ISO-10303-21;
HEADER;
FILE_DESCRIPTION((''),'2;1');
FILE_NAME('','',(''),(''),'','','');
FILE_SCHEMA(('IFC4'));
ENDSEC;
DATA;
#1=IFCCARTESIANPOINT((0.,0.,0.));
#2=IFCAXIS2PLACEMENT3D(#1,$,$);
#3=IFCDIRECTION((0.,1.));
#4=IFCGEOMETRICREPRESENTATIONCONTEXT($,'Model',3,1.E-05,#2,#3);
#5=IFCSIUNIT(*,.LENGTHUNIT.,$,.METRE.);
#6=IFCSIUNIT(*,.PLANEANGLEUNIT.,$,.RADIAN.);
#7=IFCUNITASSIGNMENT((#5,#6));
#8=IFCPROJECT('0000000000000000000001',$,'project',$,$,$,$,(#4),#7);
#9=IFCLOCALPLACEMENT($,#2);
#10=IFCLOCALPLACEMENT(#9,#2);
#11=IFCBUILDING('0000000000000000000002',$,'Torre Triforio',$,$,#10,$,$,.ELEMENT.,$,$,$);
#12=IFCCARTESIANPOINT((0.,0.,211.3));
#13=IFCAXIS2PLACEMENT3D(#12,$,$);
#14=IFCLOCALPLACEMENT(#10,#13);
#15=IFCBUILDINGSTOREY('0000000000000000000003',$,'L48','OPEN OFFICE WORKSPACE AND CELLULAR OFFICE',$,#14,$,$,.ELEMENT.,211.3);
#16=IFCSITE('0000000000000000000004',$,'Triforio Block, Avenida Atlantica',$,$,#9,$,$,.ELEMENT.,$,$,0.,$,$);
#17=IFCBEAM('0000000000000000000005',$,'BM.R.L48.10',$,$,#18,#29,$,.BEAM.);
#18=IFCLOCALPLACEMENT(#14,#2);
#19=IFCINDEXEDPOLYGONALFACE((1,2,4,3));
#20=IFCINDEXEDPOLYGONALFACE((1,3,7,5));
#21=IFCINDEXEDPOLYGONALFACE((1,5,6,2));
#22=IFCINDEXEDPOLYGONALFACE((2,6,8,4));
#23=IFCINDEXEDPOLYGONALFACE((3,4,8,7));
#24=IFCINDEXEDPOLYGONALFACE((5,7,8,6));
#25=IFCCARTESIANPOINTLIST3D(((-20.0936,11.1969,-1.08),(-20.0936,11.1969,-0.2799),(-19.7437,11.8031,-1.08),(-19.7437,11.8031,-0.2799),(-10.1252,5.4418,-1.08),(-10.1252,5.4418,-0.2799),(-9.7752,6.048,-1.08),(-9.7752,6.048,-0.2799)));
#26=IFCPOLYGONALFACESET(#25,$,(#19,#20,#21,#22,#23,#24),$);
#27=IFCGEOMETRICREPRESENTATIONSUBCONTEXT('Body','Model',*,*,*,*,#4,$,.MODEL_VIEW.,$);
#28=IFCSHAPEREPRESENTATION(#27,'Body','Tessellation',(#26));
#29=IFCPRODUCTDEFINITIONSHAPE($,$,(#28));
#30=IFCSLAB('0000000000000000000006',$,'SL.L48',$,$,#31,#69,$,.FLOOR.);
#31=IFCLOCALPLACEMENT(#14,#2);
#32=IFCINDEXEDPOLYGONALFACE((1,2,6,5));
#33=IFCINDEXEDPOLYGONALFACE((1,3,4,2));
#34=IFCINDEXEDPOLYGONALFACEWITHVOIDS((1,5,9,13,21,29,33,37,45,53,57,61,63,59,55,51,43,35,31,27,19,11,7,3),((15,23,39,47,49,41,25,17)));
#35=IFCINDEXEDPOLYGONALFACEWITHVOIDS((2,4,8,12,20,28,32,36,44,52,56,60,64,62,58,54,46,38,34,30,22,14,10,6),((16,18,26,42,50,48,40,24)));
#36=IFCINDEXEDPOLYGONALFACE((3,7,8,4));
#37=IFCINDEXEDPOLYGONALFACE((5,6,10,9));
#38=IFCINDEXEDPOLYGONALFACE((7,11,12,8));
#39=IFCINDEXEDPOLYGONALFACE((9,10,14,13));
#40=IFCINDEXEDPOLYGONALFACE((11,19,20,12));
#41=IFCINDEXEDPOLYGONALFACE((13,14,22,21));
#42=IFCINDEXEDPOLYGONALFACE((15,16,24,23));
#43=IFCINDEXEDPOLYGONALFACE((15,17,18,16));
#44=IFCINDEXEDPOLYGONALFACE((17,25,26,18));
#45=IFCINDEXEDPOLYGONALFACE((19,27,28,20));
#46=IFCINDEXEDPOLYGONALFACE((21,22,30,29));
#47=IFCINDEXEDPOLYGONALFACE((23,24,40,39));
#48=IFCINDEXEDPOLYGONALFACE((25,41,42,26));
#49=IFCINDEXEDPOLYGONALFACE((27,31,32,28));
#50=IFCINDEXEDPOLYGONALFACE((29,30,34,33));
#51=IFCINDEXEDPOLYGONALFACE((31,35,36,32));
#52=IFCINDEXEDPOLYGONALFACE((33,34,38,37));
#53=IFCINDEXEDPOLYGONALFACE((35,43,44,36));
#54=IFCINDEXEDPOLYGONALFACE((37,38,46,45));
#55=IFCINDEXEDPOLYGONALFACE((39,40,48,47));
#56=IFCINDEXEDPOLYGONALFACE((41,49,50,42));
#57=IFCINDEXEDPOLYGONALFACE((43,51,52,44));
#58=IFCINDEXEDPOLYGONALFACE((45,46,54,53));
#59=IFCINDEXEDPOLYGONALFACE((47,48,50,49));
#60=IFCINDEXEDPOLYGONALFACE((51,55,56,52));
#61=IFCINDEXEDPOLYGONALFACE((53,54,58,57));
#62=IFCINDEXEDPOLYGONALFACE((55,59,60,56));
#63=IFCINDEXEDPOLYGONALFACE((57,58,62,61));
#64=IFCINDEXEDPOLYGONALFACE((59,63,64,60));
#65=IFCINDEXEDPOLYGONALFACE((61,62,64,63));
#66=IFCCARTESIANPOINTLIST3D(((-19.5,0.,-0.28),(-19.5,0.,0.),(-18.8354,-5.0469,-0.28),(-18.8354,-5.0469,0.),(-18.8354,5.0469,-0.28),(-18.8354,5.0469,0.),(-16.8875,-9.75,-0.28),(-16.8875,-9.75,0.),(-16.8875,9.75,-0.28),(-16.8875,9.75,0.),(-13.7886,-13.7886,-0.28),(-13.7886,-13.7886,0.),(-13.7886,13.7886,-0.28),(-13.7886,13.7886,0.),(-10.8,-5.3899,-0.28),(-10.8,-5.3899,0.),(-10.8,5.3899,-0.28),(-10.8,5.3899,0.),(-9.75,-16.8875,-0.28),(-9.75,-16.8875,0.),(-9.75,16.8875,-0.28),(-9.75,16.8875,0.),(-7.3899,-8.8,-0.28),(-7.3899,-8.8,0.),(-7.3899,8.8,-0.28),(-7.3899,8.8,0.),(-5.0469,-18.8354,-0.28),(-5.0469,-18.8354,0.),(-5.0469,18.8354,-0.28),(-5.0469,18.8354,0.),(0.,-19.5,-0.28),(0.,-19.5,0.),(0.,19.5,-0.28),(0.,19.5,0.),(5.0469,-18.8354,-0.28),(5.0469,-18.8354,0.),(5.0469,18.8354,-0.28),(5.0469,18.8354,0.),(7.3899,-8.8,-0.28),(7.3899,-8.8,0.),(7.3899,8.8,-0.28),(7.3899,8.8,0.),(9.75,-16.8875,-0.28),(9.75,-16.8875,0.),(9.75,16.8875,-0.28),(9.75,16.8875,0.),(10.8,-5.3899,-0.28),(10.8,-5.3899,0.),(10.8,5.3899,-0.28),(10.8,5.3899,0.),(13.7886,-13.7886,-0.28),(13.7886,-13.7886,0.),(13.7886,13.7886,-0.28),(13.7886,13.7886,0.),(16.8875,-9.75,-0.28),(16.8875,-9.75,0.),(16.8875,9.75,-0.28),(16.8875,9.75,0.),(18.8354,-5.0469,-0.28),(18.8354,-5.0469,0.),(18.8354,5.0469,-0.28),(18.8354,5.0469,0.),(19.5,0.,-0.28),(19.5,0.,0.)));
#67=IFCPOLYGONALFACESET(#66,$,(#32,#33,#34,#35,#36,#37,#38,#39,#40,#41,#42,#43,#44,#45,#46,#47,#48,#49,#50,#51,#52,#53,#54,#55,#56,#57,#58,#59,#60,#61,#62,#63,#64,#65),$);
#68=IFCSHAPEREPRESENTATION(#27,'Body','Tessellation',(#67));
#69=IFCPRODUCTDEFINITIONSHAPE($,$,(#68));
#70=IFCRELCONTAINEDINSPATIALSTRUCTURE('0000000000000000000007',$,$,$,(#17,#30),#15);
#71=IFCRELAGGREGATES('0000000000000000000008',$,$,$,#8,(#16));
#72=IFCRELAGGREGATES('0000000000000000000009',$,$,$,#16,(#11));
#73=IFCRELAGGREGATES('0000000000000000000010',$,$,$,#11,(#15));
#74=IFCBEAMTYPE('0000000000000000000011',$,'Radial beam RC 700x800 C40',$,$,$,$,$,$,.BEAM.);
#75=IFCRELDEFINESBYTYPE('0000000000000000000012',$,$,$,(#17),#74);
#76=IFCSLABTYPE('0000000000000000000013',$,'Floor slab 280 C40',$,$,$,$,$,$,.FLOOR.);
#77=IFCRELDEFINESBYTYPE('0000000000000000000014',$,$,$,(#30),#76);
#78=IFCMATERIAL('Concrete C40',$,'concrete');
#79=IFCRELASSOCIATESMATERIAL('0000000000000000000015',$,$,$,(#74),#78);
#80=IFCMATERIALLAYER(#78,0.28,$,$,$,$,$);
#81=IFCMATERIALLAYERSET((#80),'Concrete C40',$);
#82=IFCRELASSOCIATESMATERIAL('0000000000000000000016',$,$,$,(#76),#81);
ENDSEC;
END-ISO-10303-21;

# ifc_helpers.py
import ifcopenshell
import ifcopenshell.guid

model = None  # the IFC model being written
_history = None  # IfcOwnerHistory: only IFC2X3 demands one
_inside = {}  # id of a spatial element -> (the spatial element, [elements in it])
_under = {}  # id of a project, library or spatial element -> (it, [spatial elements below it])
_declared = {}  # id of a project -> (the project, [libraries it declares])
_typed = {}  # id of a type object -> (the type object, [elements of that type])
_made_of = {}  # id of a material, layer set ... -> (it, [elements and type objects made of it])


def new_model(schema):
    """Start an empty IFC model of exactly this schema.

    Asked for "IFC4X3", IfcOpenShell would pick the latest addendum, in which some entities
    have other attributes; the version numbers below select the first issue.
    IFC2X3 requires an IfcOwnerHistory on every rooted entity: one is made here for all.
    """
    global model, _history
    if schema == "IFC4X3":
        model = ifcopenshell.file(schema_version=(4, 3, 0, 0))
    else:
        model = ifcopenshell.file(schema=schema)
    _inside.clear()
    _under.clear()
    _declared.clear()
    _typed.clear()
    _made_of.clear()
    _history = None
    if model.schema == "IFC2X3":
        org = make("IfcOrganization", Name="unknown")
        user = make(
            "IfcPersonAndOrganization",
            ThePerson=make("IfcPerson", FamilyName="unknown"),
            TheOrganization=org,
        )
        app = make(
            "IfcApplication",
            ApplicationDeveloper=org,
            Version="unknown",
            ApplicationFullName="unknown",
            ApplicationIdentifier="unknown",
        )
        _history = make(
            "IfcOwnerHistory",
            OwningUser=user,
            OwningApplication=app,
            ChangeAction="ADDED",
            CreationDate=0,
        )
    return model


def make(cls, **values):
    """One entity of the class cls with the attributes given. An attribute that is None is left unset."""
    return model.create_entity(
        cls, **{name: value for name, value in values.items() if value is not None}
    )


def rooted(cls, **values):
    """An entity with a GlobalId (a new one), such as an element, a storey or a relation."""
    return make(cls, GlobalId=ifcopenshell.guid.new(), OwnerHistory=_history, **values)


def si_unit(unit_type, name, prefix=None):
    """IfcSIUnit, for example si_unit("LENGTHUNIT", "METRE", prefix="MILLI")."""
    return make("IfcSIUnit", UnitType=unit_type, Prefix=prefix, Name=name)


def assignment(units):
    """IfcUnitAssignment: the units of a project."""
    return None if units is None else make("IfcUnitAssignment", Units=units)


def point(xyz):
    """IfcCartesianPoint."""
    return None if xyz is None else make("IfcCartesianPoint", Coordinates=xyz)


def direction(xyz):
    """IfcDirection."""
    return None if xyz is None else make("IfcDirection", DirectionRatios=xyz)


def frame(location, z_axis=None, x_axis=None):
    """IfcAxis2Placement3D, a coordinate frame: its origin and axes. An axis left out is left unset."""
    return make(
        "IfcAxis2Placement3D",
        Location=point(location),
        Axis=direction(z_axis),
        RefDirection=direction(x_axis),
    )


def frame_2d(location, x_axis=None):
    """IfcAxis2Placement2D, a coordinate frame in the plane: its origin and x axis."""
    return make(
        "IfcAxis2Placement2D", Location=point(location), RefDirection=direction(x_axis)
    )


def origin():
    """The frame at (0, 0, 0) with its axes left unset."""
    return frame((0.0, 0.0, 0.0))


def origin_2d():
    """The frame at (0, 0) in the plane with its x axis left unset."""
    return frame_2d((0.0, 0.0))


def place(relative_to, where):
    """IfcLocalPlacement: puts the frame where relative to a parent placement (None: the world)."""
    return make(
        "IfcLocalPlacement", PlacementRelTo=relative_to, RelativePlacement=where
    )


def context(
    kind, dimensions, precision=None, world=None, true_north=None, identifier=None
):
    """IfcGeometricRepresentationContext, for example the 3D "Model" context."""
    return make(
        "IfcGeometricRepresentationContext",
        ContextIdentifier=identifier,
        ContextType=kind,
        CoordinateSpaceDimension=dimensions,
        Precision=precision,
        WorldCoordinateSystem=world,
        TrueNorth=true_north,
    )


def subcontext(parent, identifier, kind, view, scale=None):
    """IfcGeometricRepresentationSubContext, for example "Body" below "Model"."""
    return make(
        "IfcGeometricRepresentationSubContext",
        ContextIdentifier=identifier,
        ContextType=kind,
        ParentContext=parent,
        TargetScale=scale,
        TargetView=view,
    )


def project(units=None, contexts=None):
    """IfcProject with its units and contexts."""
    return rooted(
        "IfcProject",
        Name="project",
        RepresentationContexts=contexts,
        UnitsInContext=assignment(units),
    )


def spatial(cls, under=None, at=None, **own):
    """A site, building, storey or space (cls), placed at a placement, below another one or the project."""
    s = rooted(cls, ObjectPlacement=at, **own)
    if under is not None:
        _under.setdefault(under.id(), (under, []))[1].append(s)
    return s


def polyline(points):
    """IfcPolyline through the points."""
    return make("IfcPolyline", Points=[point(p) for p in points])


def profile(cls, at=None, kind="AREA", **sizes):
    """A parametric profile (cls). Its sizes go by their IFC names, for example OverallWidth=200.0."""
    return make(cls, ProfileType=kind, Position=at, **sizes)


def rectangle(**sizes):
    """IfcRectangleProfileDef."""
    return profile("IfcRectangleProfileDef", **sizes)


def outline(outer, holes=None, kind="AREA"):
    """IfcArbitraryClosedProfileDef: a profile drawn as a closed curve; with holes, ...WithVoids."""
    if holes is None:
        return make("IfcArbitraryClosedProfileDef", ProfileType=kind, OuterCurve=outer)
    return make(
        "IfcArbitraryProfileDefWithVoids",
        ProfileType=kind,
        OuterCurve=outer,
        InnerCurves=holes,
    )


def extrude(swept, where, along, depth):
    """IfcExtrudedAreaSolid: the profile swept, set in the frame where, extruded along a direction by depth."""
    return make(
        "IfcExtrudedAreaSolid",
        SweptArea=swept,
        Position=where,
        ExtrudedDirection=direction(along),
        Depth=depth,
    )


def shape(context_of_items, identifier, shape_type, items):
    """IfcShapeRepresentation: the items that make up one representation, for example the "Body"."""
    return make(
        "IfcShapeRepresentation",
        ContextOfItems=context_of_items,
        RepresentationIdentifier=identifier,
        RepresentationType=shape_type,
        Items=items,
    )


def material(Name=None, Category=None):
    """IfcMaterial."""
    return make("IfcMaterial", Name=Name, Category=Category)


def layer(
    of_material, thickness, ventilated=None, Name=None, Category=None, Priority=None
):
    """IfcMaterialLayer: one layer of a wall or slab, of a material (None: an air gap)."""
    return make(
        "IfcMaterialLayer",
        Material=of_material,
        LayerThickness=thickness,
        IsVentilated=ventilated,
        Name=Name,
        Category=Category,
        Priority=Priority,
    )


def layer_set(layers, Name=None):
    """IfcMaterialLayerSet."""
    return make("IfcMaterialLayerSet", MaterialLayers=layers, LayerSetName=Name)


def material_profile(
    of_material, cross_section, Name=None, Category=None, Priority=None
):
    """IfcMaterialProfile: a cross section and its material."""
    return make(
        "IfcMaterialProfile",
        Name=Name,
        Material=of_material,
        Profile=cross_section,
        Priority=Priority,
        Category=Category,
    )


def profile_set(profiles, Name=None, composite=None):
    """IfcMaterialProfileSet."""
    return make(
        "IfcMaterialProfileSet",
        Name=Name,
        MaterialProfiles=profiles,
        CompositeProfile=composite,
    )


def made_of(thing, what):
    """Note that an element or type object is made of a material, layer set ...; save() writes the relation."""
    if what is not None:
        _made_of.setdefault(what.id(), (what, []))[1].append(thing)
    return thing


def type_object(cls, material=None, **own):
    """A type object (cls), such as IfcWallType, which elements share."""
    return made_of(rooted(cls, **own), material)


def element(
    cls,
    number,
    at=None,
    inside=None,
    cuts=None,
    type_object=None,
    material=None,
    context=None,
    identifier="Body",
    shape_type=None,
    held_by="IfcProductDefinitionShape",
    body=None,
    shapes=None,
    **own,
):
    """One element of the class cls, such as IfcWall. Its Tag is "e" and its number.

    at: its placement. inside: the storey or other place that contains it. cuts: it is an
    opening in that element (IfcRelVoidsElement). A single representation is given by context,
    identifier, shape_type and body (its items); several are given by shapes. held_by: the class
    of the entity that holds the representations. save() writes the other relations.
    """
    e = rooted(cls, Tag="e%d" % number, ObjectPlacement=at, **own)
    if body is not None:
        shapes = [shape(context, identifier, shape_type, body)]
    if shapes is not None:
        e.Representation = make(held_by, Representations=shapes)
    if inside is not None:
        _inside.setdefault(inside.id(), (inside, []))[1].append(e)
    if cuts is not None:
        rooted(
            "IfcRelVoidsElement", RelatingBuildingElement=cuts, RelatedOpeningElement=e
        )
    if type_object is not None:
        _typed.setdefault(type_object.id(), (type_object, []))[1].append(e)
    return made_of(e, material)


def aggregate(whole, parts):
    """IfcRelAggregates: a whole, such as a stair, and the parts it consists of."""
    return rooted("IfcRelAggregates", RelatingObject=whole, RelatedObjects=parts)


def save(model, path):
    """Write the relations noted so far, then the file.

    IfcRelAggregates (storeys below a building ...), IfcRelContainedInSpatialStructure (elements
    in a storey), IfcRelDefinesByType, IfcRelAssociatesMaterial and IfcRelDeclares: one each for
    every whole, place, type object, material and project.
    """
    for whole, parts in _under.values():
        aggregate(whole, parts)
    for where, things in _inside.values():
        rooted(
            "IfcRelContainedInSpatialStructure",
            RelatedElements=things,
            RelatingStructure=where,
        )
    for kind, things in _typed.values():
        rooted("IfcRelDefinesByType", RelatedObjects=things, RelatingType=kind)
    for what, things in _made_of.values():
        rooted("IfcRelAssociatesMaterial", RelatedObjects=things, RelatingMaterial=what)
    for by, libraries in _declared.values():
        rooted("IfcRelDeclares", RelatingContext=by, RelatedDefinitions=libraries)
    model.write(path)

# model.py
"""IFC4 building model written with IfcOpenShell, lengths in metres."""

from ifc_helpers import new_model, si_unit, direction, frame, origin, origin_2d, place, context, subcontext, project, spatial, polyline, rectangle, outline, extrude, material, layer, layer_set, material_profile, profile_set, type_object, element, save


model = new_model("IFC4")

# Units and contexts
model_context = context("Model", 3, precision=1e-05, world=origin(), true_north=direction((0.0, 1.0)))
body_context = subcontext(model_context, "Body", "Model", "MODEL_VIEW")
ifc_project = project(units=[si_unit("LENGTHUNIT", "METRE"), si_unit("PLANEANGLEUNIT", "RADIAN")], contexts=[model_context])

# Site, building, storey
site_placement = place(None, origin())
site = spatial("IfcSite", under=ifc_project, at=site_placement, Name="Triforio Block, Avenida Atlantica", CompositionType="ELEMENT", RefElevation=0.0)
building_placement = place(site_placement, origin())
building = spatial("IfcBuilding", under=site, at=building_placement, Name="Torre Triforio", CompositionType="ELEMENT")
storey_placement = place(building_placement, frame((0.0, 0.0, 211.3)))
storey = spatial("IfcBuildingStorey", under=building, at=storey_placement, Name="L48", Description="OPEN OFFICE WORKSPACE AND CELLULAR OFFICE", CompositionType="ELEMENT", Elevation=211.3)

# Beam
ifc_material_1 = material(Name="Concrete C40", Category="concrete")
ifc_material_profile = material_profile(ifc_material_1, rectangle(XDim=0.7, YDim=0.8, at=origin_2d()), Name="RC 700x800")
ifc_profile_set = profile_set([ifc_material_profile], Name="Concrete C40")
beam_type = type_object("IfcBeamType", Name="Radial beam RC 700x800 C40", PredefinedType="BEAM", material=ifc_profile_set)
beam_placement = place(storey_placement, frame((-9.9502, 5.7449, -0.6799), z_axis=(-0.866033, 0.499987, 0.0), x_axis=(-0.499987, -0.866033, 0.0)))
element("IfcBeam", 1, at=beam_placement, inside=storey, type_object=beam_type, Name="BM.R.L48.10", PredefinedType="BEAM", context=body_context, shape_type="SweptSolid", body=[
    extrude(rectangle(XDim=0.7, YDim=0.8, at=origin_2d()), origin(), (0.0, 0.0, 1.0), 11.5105),
])

# Slab
ifc_layer_1 = layer(ifc_material_1, 0.28)
ifc_layer_set_1 = layer_set([ifc_layer_1], Name="Concrete C40")
slab_type_1 = type_object("IfcSlabType", Name="Floor slab 280 C40", PredefinedType="FLOOR", material=ifc_layer_set_1)
slab_1_placement = place(storey_placement, frame((0.0, 0.0, -0.28)))
element("IfcSlab", 2, at=slab_1_placement, inside=storey, type_object=slab_type_1, Name="SL.L48", PredefinedType="FLOOR", context=body_context, shape_type="SweptSolid", body=[
    extrude(outline(polyline([(16.8875, -9.75), (18.8354, -5.0469), (19.5, 0.0), (18.8354, 5.0469), (16.8875, 9.75), (13.7886, 13.7886), (9.75, 16.8875), (5.0469, 18.8354), (0.0, 19.5), (-5.0469, 18.8354), (-9.75, 16.8875), (-13.7886, 13.7886), (-16.8875, 9.75), (-18.8354, 5.0469), (-19.5, 0.0), (-18.8354, -5.0469), (-16.8875, -9.75), (-13.7886, -13.7886), (-9.75, -16.8875), (-5.0469, -18.8354), (0.0, -19.5), (5.0469, -18.8354), (9.75, -16.8875), (13.7886, -13.7886), (16.8875, -9.75)]), holes=[polyline([(10.8, 5.3899), (10.8, -5.3899), (7.3899, -8.8), (-7.3899, -8.8), (-10.8, -5.3899), (-10.8, 5.3899), (-7.3899, 8.8), (7.3899, 8.8), (10.8, 5.3899)])]), origin(), (0.0, 0.0, 1.0), 0.28),
])

save(model, "model.ifc")
